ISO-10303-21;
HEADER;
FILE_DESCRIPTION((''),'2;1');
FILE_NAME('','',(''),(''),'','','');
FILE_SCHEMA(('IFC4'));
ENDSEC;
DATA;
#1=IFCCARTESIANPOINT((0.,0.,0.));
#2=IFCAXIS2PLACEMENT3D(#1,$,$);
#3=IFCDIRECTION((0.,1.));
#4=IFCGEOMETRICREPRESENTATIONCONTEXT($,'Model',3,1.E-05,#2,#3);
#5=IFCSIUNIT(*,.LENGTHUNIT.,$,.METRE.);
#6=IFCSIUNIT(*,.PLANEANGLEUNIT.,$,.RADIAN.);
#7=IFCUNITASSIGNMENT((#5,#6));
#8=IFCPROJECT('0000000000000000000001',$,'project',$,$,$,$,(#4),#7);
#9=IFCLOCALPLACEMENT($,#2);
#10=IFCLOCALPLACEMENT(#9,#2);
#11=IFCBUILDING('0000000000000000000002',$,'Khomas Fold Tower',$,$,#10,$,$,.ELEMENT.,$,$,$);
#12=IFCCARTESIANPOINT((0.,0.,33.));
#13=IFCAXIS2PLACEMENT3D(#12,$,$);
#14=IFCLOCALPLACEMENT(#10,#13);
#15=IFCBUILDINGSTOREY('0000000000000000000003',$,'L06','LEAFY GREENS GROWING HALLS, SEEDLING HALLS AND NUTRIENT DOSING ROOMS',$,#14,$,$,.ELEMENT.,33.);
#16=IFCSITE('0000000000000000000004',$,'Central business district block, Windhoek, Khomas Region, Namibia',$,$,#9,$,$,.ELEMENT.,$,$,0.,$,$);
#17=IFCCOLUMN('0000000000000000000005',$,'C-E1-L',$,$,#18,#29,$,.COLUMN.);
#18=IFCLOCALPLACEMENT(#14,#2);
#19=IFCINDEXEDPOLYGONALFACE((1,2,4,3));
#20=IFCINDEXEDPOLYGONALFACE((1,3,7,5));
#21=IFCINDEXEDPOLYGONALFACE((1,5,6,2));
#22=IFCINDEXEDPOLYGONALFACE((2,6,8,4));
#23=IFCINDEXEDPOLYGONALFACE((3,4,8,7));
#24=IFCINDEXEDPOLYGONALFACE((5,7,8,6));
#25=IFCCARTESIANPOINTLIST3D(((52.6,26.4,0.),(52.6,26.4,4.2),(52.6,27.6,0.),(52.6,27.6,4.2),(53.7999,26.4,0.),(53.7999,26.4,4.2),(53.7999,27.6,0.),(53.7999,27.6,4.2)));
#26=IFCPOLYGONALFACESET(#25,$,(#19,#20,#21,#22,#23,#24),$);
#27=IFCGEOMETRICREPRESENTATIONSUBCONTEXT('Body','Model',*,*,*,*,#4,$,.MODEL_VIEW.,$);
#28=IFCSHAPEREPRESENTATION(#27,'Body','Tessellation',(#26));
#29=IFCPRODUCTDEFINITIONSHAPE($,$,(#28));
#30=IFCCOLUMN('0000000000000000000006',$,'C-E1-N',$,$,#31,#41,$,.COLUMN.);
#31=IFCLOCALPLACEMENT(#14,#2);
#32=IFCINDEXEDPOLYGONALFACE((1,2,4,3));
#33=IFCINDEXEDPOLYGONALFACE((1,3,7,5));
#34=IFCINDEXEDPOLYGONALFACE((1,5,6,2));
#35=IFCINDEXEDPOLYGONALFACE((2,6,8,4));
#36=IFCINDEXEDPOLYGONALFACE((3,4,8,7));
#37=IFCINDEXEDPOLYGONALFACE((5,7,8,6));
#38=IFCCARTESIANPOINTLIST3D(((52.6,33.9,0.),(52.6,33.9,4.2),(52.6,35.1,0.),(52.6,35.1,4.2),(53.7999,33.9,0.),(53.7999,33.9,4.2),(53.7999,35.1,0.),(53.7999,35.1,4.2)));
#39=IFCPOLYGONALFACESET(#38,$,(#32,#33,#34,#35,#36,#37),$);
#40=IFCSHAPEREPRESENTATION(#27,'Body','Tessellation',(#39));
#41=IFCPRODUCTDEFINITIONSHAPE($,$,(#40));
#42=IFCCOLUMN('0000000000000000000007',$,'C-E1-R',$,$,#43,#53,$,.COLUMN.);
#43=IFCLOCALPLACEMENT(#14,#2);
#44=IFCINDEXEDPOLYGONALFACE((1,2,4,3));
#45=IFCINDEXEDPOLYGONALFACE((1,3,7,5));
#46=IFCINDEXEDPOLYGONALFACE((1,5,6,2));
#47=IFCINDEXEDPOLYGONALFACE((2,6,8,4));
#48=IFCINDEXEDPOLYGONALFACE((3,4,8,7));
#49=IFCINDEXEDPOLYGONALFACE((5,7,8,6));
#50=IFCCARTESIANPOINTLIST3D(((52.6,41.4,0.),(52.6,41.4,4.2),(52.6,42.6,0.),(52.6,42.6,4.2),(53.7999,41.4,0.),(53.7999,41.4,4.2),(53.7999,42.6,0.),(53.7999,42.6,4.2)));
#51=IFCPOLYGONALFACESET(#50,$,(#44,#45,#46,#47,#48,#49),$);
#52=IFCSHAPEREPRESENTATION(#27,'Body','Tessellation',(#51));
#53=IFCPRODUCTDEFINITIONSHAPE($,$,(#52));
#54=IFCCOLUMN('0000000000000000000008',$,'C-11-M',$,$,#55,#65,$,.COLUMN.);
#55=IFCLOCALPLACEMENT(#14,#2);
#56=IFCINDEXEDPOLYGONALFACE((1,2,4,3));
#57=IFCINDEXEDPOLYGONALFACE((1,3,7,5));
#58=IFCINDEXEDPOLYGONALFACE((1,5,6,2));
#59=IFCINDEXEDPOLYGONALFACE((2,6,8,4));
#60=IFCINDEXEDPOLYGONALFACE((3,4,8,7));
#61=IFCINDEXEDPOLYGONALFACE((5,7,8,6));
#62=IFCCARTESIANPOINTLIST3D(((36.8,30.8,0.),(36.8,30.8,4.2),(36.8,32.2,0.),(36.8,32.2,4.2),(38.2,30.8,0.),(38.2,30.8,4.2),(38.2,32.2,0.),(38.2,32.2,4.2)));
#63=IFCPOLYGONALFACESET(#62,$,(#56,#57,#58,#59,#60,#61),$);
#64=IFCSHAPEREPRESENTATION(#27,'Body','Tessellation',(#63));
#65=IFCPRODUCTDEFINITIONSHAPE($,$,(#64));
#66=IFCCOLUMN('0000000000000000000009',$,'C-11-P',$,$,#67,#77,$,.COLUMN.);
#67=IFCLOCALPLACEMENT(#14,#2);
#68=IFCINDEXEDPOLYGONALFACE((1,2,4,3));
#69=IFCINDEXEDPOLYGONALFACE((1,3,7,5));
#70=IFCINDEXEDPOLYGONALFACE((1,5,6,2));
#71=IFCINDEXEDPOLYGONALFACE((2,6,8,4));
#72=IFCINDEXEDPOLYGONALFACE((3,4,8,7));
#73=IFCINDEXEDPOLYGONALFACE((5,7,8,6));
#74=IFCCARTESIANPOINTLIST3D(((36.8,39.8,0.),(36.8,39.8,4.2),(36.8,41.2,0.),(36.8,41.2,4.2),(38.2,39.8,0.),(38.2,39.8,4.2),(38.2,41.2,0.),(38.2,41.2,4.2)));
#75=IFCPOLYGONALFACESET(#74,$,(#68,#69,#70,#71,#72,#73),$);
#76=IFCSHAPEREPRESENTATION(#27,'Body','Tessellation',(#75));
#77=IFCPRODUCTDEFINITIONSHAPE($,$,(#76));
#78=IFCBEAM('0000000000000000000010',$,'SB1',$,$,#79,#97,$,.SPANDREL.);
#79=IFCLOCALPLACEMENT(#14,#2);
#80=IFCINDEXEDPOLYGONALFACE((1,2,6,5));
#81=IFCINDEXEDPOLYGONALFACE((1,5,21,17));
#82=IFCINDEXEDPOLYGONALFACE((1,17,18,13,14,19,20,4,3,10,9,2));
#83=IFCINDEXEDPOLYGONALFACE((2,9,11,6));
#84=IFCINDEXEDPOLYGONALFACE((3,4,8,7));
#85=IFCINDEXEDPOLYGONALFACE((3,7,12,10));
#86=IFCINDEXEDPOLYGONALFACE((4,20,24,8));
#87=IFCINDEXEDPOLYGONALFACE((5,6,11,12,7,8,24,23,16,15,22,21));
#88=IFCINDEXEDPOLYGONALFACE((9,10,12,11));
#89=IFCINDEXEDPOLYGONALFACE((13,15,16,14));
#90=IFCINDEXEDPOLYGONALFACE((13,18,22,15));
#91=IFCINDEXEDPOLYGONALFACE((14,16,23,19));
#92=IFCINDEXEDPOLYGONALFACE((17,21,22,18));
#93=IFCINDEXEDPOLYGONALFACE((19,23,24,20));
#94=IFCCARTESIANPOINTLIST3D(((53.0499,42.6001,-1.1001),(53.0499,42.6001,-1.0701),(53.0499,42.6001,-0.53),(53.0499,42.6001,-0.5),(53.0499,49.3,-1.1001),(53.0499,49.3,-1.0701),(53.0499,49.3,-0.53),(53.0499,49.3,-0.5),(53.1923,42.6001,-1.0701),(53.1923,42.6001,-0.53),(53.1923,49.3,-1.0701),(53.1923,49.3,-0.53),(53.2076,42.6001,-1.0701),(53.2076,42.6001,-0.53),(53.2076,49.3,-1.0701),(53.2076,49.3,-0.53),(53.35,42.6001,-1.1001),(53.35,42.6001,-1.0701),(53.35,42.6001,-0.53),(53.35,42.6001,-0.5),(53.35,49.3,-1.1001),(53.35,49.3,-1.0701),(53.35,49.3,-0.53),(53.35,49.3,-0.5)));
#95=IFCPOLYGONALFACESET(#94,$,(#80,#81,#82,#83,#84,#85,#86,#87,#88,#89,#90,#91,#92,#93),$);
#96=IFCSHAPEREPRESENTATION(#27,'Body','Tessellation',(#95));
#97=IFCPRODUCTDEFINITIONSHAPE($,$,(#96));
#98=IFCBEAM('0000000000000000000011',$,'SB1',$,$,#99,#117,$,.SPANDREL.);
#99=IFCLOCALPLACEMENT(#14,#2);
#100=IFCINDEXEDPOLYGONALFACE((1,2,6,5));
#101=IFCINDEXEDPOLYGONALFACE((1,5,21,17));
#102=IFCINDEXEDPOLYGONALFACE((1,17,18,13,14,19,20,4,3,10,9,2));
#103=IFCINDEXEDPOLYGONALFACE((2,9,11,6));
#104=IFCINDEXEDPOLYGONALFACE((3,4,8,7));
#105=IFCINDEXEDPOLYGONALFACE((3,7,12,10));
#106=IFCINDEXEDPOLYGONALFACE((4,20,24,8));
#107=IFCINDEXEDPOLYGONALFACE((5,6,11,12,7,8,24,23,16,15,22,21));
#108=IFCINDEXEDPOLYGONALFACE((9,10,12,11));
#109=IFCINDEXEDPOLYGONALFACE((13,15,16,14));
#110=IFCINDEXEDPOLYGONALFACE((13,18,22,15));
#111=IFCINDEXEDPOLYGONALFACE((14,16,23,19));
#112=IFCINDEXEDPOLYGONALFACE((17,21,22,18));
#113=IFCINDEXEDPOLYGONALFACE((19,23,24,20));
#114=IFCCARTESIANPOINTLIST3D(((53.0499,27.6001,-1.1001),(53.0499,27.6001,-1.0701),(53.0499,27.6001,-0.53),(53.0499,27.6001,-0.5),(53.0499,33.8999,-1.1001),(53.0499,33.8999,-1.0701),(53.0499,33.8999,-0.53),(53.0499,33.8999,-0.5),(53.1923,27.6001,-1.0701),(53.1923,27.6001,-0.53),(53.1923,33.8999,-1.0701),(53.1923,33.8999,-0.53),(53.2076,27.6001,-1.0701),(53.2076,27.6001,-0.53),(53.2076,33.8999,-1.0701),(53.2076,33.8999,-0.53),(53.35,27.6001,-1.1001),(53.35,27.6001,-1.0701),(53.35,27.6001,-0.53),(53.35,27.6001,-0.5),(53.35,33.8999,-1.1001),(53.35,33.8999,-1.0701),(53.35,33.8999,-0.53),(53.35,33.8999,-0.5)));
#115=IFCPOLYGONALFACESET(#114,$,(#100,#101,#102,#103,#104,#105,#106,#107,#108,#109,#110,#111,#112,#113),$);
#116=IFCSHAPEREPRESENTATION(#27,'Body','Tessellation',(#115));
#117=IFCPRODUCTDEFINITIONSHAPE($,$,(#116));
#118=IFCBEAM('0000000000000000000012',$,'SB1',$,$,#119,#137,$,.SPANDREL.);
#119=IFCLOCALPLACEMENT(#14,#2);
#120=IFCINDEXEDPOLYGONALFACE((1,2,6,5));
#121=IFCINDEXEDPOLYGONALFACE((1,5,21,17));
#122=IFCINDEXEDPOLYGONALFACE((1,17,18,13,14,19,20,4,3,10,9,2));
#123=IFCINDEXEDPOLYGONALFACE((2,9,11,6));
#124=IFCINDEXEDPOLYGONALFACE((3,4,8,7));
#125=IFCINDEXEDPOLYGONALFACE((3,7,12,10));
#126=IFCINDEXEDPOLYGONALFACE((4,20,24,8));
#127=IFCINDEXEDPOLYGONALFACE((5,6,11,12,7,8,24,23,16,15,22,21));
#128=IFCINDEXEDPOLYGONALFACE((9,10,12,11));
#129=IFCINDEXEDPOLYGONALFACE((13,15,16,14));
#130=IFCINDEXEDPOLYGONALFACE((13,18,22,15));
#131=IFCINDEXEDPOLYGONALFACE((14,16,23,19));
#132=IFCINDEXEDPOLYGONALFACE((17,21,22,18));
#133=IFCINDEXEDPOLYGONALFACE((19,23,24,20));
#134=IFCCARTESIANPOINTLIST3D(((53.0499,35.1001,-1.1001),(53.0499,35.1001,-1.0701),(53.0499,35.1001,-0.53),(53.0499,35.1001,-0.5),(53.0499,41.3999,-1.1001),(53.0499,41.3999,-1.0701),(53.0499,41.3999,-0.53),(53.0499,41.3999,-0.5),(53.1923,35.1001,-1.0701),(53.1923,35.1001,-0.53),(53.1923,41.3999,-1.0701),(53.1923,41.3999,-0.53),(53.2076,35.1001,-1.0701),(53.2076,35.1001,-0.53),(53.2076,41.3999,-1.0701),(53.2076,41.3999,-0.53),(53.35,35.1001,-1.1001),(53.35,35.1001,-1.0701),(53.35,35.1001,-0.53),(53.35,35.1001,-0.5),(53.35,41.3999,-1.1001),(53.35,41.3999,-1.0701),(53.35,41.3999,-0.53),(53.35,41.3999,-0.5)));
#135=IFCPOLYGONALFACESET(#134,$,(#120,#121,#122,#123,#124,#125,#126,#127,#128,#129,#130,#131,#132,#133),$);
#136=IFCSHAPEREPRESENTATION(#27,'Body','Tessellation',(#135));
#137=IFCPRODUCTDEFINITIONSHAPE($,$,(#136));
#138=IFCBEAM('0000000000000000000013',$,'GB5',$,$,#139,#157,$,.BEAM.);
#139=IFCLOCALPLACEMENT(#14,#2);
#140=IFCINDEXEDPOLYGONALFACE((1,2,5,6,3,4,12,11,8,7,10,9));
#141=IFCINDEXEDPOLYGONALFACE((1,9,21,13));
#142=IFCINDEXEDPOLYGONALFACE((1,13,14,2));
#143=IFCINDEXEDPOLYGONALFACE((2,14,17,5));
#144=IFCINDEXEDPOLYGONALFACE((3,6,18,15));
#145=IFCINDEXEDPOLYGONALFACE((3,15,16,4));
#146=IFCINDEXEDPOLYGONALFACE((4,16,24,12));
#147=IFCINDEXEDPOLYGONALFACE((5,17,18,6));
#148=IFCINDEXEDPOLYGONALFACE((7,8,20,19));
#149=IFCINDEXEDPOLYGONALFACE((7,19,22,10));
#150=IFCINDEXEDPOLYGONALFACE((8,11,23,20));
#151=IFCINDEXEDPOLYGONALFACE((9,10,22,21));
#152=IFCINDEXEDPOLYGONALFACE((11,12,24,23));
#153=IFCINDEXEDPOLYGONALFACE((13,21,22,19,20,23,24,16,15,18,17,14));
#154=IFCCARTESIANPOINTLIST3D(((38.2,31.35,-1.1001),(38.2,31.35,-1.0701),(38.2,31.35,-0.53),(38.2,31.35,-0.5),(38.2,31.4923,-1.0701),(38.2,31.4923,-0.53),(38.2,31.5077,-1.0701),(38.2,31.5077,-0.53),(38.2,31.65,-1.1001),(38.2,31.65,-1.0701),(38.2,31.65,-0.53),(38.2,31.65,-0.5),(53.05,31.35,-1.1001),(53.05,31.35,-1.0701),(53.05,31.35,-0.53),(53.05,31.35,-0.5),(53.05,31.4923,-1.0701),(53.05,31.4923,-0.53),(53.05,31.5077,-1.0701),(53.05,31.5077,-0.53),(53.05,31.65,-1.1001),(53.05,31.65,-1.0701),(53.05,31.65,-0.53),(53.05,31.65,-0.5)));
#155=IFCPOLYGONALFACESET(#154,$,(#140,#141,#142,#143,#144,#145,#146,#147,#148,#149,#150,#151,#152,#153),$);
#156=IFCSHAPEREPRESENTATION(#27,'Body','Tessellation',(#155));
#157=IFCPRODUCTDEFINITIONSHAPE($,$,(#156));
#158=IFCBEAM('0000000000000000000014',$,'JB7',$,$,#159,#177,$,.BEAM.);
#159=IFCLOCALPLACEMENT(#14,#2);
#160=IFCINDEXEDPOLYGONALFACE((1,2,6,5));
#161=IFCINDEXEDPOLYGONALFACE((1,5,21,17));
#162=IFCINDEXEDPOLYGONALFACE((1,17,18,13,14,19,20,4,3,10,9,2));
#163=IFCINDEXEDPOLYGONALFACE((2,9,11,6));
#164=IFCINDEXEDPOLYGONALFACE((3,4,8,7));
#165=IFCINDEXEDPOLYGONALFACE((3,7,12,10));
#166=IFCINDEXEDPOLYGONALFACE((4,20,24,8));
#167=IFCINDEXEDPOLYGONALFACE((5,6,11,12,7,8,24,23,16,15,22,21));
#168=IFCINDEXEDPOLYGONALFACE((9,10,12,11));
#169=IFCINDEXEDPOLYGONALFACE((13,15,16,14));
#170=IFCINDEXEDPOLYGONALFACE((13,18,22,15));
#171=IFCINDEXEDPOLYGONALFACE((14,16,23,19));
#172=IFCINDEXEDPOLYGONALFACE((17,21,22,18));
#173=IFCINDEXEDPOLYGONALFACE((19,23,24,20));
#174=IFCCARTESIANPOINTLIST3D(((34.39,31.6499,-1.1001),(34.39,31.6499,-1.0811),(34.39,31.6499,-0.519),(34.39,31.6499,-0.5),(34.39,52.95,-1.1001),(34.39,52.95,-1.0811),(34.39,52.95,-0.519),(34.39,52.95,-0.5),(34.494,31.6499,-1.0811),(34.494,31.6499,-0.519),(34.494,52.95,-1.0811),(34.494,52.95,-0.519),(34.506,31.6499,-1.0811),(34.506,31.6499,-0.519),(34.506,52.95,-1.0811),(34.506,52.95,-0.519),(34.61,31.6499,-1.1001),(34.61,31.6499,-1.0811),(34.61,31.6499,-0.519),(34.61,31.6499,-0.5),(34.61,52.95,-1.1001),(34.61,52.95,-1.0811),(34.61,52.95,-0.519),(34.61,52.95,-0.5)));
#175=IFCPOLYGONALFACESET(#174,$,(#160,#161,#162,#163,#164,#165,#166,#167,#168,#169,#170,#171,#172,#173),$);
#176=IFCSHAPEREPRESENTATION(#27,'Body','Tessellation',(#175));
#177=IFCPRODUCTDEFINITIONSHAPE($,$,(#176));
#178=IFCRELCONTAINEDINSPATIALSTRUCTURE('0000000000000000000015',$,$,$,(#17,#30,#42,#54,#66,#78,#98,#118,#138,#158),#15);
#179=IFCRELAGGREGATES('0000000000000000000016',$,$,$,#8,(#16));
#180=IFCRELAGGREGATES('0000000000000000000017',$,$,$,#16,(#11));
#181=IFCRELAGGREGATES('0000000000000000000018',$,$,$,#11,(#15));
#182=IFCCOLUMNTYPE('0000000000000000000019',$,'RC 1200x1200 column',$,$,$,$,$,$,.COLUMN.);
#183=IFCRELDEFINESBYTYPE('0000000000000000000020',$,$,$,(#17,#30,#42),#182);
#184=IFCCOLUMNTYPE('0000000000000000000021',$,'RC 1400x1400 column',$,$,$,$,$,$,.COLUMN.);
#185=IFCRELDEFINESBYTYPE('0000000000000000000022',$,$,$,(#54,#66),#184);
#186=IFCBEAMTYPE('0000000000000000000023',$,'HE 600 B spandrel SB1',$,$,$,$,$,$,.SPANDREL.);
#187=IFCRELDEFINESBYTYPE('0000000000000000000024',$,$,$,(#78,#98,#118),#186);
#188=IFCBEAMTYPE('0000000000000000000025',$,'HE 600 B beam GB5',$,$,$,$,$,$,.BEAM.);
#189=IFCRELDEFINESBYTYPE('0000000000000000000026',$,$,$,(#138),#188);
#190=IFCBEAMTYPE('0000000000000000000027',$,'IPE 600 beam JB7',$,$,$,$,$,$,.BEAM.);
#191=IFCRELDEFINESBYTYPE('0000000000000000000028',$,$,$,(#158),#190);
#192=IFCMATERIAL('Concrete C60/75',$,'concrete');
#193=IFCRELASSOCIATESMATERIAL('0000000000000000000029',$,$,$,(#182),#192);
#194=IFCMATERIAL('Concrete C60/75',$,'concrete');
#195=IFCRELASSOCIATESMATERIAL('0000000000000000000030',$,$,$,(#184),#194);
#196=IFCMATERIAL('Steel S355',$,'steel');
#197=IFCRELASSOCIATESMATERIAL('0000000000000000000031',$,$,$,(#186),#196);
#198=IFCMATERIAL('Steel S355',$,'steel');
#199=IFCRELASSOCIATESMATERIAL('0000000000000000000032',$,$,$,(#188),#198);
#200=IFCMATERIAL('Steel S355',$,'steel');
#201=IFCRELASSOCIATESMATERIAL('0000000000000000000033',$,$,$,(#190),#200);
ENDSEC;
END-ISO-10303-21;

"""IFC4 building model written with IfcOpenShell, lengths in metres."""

from ifc_helpers import new_model, si_unit, direction, frame, origin, origin_2d, place, context, subcontext, project, spatial, rectangle, i_section, extrude, source, transform, mapped, material, material_profile, profile_set, type_object, element, save


model = new_model("IFC4")

# Units and contexts
model_context = context("Model", 3, precision=1e-05, world=origin(), true_north=direction((0.0, 1.0)))
body_context = subcontext(model_context, "Body", "Model", "MODEL_VIEW")
ifc_project = project(units=[si_unit("LENGTHUNIT", "METRE"), si_unit("PLANEANGLEUNIT", "RADIAN")], contexts=[model_context])

# Site, building, storey
site_placement = place(None, origin())
site = spatial("IfcSite", under=ifc_project, at=site_placement, Name="Central business district block, Windhoek, Khomas Region, Namibia", CompositionType="ELEMENT", RefElevation=0.0)
building_placement = place(site_placement, origin())
building = spatial("IfcBuilding", under=site, at=building_placement, Name="Khomas Fold Tower", CompositionType="ELEMENT")
storey_placement = place(building_placement, frame((0.0, 0.0, 33.0)))
storey = spatial("IfcBuildingStorey", under=building, at=storey_placement, Name="L06", Description="LEAFY GREENS GROWING HALLS, SEEDLING HALLS AND NUTRIENT DOSING ROOMS", CompositionType="ELEMENT", Elevation=33.0)

# Columns
ifc_material_1 = material(Name="Concrete C60/75", Category="concrete")
ifc_material_profile_1 = material_profile(ifc_material_1, rectangle(XDim=1.2, YDim=1.2, at=origin_2d()), Name="RC 1200x1200")
ifc_profile_set_1 = profile_set([ifc_material_profile_1], Name="Concrete C60/75")
column_type_1 = type_object("IfcColumnType", Name="RC 1200x1200 column", PredefinedType="COLUMN", material=ifc_profile_set_1)
shared_shape_1 = source(origin(), body_context, "Body", "SweptSolid", [
    extrude(rectangle(XDim=1.2, YDim=1.2, at=origin_2d()), origin(), (0.0, 0.0, 1.0), 4.2),
])
for number, where, z_axis, x_axis, name in (
    (1, (53.2, 27.0, 0.0), (0.0, 0.0, 1.0), (1.0, 0.0, 0.0), "C-E1-L"),
    (2, (53.2, 34.5, 0.0), (0.0, 0.0, 1.0), (1.0, 0.0, 0.0), "C-E1-N"),
    (3, (53.2, 42.0, 0.0), (0.0, 0.0, 1.0), (1.0, 0.0, 0.0), "C-E1-R"),
):
    element("IfcColumn", number, at=place(storey_placement, frame(where, z_axis=z_axis, x_axis=x_axis)), inside=storey, type_object=column_type_1, Name=name, PredefinedType="COLUMN", context=body_context, shape_type="MappedRepresentation", body=[
        mapped(shared_shape_1, transform((0.0, 0.0, 0.0))),
    ])
ifc_material_2 = material(Name="Concrete C60/75", Category="concrete")
ifc_material_profile_2 = material_profile(ifc_material_2, rectangle(XDim=1.3999, YDim=1.3999, at=origin_2d()), Name="RC 1400x1400")
ifc_profile_set_2 = profile_set([ifc_material_profile_2], Name="Concrete C60/75")
column_type_2 = type_object("IfcColumnType", Name="RC 1400x1400 column", PredefinedType="COLUMN", material=ifc_profile_set_2)
shared_shape_2 = source(origin(), body_context, "Body", "SweptSolid", [
    extrude(rectangle(XDim=1.3999, YDim=1.3999, at=origin_2d()), origin(), (0.0, 0.0, 1.0), 4.2),
])
for number, where, z_axis, x_axis, name in (
    (4, (37.5, 31.5, 0.0), (0.0, 0.0, 1.0), (1.0, 0.0, 0.0), "C-11-M"),
    (5, (37.5, 40.5, 0.0), (0.0, 0.0, 1.0), (1.0, 0.0, 0.0), "C-11-P"),
):
    element("IfcColumn", number, at=place(storey_placement, frame(where, z_axis=z_axis, x_axis=x_axis)), inside=storey, type_object=column_type_2, Name=name, PredefinedType="COLUMN", context=body_context, shape_type="MappedRepresentation", body=[
        mapped(shared_shape_2, transform((0.0, 0.0, 0.0))),
    ])

# Beams
ifc_material_3 = material(Name="Steel S355", Category="steel")
ifc_material_profile_3 = material_profile(ifc_material_3, i_section(OverallWidth=0.3, OverallDepth=0.6001, WebThickness=0.0154, FlangeThickness=0.03, at=origin_2d()), Name="HE 600 B")
ifc_profile_set_3 = profile_set([ifc_material_profile_3], Name="Steel S355")
beam_type_1 = type_object("IfcBeamType", Name="HE 600 B spandrel SB1", PredefinedType="SPANDREL", material=ifc_profile_set_3)
shared_shape_3 = source(origin(), body_context, "Body", "SweptSolid", [
    extrude(i_section(OverallWidth=0.3, OverallDepth=0.6001, WebThickness=0.0154, FlangeThickness=0.03, at=origin_2d()), origin(), (0.0, 0.0, 1.0), 6.7),
])
beam_1_placement = place(storey_placement, frame((53.2, 42.6001, -0.8), z_axis=(0.0, 1.0, 0.0), x_axis=(-1.0, 0.0, 0.0)))
element("IfcBeam", 6, at=beam_1_placement, inside=storey, type_object=beam_type_1, Name="SB1", PredefinedType="SPANDREL", context=body_context, shape_type="MappedRepresentation", body=[
    mapped(shared_shape_3, transform((0.0, 0.0, 0.0))),
])
shared_shape_4 = source(origin(), body_context, "Body", "SweptSolid", [
    extrude(i_section(OverallWidth=0.3, OverallDepth=0.6001, WebThickness=0.0154, FlangeThickness=0.03, at=origin_2d()), origin(), (0.0, 0.0, 1.0), 6.2998),
])
for number, where, z_axis, x_axis, name in (
    (7, (53.2, 27.6001, -0.8), (0.0, 1.0, 0.0), (-1.0, 0.0, 0.0), "SB1"),
    (8, (53.2, 35.1001, -0.8), (0.0, 1.0, 0.0), (-1.0, 0.0, 0.0), "SB1"),
):
    element("IfcBeam", number, at=place(storey_placement, frame(where, z_axis=z_axis, x_axis=x_axis)), inside=storey, type_object=beam_type_1, Name=name, PredefinedType="SPANDREL", context=body_context, shape_type="MappedRepresentation", body=[
        mapped(shared_shape_4, transform((0.0, 0.0, 0.0))),
    ])
ifc_material_4 = material(Name="Steel S355", Category="steel")
ifc_material_profile_4 = material_profile(ifc_material_4, i_section(OverallWidth=0.3, OverallDepth=0.6001, WebThickness=0.0154, FlangeThickness=0.03, at=origin_2d()), Name="HE 600 B")
ifc_profile_set_4 = profile_set([ifc_material_profile_4], Name="Steel S355")
beam_type_2 = type_object("IfcBeamType", Name="HE 600 B beam GB5", PredefinedType="BEAM", material=ifc_profile_set_4)
shared_shape_5 = source(origin(), body_context, "Body", "SweptSolid", [
    extrude(i_section(OverallWidth=0.3, OverallDepth=0.6001, WebThickness=0.0154, FlangeThickness=0.03, at=origin_2d()), origin(), (0.0, 0.0, 1.0), 14.8501),
])
beam_2_placement = place(storey_placement, frame((38.2, 31.5, -0.8), z_axis=(1.0, 0.0, 0.0), x_axis=(0.0, 1.0, 0.0)))
element("IfcBeam", 9, at=beam_2_placement, inside=storey, type_object=beam_type_2, Name="GB5", PredefinedType="BEAM", context=body_context, shape_type="MappedRepresentation", body=[
    mapped(shared_shape_5, transform((0.0, 0.0, 0.0))),
])
ifc_material_5 = material(Name="Steel S355", Category="steel")
ifc_material_profile_5 = material_profile(ifc_material_5, i_section(OverallWidth=0.22, OverallDepth=0.6001, WebThickness=0.012, FlangeThickness=0.019, at=origin_2d()), Name="IPE 600")
ifc_profile_set_5 = profile_set([ifc_material_profile_5], Name="Steel S355")
beam_type_3 = type_object("IfcBeamType", Name="IPE 600 beam JB7", PredefinedType="BEAM", material=ifc_profile_set_5)
shared_shape_6 = source(origin(), body_context, "Body", "SweptSolid", [
    extrude(i_section(OverallWidth=0.22, OverallDepth=0.6001, WebThickness=0.012, FlangeThickness=0.019, at=origin_2d()), origin(), (0.0, 0.0, 1.0), 21.3),
])
for number, where, z_axis, x_axis, name in (
    (10, (34.5, 31.6499, -0.8), (0.0, 1.0, 0.0), (-1.0, 0.0, 0.0), "JB7"),
):
    element("IfcBeam", number, at=place(storey_placement, frame(where, z_axis=z_axis, x_axis=x_axis)), inside=storey, type_object=beam_type_3, Name=name, PredefinedType="BEAM", context=body_context, shape_type="MappedRepresentation", body=[
        mapped(shared_shape_6, transform((0.0, 0.0, 0.0))),
    ])

save(model, "model.ifc")
